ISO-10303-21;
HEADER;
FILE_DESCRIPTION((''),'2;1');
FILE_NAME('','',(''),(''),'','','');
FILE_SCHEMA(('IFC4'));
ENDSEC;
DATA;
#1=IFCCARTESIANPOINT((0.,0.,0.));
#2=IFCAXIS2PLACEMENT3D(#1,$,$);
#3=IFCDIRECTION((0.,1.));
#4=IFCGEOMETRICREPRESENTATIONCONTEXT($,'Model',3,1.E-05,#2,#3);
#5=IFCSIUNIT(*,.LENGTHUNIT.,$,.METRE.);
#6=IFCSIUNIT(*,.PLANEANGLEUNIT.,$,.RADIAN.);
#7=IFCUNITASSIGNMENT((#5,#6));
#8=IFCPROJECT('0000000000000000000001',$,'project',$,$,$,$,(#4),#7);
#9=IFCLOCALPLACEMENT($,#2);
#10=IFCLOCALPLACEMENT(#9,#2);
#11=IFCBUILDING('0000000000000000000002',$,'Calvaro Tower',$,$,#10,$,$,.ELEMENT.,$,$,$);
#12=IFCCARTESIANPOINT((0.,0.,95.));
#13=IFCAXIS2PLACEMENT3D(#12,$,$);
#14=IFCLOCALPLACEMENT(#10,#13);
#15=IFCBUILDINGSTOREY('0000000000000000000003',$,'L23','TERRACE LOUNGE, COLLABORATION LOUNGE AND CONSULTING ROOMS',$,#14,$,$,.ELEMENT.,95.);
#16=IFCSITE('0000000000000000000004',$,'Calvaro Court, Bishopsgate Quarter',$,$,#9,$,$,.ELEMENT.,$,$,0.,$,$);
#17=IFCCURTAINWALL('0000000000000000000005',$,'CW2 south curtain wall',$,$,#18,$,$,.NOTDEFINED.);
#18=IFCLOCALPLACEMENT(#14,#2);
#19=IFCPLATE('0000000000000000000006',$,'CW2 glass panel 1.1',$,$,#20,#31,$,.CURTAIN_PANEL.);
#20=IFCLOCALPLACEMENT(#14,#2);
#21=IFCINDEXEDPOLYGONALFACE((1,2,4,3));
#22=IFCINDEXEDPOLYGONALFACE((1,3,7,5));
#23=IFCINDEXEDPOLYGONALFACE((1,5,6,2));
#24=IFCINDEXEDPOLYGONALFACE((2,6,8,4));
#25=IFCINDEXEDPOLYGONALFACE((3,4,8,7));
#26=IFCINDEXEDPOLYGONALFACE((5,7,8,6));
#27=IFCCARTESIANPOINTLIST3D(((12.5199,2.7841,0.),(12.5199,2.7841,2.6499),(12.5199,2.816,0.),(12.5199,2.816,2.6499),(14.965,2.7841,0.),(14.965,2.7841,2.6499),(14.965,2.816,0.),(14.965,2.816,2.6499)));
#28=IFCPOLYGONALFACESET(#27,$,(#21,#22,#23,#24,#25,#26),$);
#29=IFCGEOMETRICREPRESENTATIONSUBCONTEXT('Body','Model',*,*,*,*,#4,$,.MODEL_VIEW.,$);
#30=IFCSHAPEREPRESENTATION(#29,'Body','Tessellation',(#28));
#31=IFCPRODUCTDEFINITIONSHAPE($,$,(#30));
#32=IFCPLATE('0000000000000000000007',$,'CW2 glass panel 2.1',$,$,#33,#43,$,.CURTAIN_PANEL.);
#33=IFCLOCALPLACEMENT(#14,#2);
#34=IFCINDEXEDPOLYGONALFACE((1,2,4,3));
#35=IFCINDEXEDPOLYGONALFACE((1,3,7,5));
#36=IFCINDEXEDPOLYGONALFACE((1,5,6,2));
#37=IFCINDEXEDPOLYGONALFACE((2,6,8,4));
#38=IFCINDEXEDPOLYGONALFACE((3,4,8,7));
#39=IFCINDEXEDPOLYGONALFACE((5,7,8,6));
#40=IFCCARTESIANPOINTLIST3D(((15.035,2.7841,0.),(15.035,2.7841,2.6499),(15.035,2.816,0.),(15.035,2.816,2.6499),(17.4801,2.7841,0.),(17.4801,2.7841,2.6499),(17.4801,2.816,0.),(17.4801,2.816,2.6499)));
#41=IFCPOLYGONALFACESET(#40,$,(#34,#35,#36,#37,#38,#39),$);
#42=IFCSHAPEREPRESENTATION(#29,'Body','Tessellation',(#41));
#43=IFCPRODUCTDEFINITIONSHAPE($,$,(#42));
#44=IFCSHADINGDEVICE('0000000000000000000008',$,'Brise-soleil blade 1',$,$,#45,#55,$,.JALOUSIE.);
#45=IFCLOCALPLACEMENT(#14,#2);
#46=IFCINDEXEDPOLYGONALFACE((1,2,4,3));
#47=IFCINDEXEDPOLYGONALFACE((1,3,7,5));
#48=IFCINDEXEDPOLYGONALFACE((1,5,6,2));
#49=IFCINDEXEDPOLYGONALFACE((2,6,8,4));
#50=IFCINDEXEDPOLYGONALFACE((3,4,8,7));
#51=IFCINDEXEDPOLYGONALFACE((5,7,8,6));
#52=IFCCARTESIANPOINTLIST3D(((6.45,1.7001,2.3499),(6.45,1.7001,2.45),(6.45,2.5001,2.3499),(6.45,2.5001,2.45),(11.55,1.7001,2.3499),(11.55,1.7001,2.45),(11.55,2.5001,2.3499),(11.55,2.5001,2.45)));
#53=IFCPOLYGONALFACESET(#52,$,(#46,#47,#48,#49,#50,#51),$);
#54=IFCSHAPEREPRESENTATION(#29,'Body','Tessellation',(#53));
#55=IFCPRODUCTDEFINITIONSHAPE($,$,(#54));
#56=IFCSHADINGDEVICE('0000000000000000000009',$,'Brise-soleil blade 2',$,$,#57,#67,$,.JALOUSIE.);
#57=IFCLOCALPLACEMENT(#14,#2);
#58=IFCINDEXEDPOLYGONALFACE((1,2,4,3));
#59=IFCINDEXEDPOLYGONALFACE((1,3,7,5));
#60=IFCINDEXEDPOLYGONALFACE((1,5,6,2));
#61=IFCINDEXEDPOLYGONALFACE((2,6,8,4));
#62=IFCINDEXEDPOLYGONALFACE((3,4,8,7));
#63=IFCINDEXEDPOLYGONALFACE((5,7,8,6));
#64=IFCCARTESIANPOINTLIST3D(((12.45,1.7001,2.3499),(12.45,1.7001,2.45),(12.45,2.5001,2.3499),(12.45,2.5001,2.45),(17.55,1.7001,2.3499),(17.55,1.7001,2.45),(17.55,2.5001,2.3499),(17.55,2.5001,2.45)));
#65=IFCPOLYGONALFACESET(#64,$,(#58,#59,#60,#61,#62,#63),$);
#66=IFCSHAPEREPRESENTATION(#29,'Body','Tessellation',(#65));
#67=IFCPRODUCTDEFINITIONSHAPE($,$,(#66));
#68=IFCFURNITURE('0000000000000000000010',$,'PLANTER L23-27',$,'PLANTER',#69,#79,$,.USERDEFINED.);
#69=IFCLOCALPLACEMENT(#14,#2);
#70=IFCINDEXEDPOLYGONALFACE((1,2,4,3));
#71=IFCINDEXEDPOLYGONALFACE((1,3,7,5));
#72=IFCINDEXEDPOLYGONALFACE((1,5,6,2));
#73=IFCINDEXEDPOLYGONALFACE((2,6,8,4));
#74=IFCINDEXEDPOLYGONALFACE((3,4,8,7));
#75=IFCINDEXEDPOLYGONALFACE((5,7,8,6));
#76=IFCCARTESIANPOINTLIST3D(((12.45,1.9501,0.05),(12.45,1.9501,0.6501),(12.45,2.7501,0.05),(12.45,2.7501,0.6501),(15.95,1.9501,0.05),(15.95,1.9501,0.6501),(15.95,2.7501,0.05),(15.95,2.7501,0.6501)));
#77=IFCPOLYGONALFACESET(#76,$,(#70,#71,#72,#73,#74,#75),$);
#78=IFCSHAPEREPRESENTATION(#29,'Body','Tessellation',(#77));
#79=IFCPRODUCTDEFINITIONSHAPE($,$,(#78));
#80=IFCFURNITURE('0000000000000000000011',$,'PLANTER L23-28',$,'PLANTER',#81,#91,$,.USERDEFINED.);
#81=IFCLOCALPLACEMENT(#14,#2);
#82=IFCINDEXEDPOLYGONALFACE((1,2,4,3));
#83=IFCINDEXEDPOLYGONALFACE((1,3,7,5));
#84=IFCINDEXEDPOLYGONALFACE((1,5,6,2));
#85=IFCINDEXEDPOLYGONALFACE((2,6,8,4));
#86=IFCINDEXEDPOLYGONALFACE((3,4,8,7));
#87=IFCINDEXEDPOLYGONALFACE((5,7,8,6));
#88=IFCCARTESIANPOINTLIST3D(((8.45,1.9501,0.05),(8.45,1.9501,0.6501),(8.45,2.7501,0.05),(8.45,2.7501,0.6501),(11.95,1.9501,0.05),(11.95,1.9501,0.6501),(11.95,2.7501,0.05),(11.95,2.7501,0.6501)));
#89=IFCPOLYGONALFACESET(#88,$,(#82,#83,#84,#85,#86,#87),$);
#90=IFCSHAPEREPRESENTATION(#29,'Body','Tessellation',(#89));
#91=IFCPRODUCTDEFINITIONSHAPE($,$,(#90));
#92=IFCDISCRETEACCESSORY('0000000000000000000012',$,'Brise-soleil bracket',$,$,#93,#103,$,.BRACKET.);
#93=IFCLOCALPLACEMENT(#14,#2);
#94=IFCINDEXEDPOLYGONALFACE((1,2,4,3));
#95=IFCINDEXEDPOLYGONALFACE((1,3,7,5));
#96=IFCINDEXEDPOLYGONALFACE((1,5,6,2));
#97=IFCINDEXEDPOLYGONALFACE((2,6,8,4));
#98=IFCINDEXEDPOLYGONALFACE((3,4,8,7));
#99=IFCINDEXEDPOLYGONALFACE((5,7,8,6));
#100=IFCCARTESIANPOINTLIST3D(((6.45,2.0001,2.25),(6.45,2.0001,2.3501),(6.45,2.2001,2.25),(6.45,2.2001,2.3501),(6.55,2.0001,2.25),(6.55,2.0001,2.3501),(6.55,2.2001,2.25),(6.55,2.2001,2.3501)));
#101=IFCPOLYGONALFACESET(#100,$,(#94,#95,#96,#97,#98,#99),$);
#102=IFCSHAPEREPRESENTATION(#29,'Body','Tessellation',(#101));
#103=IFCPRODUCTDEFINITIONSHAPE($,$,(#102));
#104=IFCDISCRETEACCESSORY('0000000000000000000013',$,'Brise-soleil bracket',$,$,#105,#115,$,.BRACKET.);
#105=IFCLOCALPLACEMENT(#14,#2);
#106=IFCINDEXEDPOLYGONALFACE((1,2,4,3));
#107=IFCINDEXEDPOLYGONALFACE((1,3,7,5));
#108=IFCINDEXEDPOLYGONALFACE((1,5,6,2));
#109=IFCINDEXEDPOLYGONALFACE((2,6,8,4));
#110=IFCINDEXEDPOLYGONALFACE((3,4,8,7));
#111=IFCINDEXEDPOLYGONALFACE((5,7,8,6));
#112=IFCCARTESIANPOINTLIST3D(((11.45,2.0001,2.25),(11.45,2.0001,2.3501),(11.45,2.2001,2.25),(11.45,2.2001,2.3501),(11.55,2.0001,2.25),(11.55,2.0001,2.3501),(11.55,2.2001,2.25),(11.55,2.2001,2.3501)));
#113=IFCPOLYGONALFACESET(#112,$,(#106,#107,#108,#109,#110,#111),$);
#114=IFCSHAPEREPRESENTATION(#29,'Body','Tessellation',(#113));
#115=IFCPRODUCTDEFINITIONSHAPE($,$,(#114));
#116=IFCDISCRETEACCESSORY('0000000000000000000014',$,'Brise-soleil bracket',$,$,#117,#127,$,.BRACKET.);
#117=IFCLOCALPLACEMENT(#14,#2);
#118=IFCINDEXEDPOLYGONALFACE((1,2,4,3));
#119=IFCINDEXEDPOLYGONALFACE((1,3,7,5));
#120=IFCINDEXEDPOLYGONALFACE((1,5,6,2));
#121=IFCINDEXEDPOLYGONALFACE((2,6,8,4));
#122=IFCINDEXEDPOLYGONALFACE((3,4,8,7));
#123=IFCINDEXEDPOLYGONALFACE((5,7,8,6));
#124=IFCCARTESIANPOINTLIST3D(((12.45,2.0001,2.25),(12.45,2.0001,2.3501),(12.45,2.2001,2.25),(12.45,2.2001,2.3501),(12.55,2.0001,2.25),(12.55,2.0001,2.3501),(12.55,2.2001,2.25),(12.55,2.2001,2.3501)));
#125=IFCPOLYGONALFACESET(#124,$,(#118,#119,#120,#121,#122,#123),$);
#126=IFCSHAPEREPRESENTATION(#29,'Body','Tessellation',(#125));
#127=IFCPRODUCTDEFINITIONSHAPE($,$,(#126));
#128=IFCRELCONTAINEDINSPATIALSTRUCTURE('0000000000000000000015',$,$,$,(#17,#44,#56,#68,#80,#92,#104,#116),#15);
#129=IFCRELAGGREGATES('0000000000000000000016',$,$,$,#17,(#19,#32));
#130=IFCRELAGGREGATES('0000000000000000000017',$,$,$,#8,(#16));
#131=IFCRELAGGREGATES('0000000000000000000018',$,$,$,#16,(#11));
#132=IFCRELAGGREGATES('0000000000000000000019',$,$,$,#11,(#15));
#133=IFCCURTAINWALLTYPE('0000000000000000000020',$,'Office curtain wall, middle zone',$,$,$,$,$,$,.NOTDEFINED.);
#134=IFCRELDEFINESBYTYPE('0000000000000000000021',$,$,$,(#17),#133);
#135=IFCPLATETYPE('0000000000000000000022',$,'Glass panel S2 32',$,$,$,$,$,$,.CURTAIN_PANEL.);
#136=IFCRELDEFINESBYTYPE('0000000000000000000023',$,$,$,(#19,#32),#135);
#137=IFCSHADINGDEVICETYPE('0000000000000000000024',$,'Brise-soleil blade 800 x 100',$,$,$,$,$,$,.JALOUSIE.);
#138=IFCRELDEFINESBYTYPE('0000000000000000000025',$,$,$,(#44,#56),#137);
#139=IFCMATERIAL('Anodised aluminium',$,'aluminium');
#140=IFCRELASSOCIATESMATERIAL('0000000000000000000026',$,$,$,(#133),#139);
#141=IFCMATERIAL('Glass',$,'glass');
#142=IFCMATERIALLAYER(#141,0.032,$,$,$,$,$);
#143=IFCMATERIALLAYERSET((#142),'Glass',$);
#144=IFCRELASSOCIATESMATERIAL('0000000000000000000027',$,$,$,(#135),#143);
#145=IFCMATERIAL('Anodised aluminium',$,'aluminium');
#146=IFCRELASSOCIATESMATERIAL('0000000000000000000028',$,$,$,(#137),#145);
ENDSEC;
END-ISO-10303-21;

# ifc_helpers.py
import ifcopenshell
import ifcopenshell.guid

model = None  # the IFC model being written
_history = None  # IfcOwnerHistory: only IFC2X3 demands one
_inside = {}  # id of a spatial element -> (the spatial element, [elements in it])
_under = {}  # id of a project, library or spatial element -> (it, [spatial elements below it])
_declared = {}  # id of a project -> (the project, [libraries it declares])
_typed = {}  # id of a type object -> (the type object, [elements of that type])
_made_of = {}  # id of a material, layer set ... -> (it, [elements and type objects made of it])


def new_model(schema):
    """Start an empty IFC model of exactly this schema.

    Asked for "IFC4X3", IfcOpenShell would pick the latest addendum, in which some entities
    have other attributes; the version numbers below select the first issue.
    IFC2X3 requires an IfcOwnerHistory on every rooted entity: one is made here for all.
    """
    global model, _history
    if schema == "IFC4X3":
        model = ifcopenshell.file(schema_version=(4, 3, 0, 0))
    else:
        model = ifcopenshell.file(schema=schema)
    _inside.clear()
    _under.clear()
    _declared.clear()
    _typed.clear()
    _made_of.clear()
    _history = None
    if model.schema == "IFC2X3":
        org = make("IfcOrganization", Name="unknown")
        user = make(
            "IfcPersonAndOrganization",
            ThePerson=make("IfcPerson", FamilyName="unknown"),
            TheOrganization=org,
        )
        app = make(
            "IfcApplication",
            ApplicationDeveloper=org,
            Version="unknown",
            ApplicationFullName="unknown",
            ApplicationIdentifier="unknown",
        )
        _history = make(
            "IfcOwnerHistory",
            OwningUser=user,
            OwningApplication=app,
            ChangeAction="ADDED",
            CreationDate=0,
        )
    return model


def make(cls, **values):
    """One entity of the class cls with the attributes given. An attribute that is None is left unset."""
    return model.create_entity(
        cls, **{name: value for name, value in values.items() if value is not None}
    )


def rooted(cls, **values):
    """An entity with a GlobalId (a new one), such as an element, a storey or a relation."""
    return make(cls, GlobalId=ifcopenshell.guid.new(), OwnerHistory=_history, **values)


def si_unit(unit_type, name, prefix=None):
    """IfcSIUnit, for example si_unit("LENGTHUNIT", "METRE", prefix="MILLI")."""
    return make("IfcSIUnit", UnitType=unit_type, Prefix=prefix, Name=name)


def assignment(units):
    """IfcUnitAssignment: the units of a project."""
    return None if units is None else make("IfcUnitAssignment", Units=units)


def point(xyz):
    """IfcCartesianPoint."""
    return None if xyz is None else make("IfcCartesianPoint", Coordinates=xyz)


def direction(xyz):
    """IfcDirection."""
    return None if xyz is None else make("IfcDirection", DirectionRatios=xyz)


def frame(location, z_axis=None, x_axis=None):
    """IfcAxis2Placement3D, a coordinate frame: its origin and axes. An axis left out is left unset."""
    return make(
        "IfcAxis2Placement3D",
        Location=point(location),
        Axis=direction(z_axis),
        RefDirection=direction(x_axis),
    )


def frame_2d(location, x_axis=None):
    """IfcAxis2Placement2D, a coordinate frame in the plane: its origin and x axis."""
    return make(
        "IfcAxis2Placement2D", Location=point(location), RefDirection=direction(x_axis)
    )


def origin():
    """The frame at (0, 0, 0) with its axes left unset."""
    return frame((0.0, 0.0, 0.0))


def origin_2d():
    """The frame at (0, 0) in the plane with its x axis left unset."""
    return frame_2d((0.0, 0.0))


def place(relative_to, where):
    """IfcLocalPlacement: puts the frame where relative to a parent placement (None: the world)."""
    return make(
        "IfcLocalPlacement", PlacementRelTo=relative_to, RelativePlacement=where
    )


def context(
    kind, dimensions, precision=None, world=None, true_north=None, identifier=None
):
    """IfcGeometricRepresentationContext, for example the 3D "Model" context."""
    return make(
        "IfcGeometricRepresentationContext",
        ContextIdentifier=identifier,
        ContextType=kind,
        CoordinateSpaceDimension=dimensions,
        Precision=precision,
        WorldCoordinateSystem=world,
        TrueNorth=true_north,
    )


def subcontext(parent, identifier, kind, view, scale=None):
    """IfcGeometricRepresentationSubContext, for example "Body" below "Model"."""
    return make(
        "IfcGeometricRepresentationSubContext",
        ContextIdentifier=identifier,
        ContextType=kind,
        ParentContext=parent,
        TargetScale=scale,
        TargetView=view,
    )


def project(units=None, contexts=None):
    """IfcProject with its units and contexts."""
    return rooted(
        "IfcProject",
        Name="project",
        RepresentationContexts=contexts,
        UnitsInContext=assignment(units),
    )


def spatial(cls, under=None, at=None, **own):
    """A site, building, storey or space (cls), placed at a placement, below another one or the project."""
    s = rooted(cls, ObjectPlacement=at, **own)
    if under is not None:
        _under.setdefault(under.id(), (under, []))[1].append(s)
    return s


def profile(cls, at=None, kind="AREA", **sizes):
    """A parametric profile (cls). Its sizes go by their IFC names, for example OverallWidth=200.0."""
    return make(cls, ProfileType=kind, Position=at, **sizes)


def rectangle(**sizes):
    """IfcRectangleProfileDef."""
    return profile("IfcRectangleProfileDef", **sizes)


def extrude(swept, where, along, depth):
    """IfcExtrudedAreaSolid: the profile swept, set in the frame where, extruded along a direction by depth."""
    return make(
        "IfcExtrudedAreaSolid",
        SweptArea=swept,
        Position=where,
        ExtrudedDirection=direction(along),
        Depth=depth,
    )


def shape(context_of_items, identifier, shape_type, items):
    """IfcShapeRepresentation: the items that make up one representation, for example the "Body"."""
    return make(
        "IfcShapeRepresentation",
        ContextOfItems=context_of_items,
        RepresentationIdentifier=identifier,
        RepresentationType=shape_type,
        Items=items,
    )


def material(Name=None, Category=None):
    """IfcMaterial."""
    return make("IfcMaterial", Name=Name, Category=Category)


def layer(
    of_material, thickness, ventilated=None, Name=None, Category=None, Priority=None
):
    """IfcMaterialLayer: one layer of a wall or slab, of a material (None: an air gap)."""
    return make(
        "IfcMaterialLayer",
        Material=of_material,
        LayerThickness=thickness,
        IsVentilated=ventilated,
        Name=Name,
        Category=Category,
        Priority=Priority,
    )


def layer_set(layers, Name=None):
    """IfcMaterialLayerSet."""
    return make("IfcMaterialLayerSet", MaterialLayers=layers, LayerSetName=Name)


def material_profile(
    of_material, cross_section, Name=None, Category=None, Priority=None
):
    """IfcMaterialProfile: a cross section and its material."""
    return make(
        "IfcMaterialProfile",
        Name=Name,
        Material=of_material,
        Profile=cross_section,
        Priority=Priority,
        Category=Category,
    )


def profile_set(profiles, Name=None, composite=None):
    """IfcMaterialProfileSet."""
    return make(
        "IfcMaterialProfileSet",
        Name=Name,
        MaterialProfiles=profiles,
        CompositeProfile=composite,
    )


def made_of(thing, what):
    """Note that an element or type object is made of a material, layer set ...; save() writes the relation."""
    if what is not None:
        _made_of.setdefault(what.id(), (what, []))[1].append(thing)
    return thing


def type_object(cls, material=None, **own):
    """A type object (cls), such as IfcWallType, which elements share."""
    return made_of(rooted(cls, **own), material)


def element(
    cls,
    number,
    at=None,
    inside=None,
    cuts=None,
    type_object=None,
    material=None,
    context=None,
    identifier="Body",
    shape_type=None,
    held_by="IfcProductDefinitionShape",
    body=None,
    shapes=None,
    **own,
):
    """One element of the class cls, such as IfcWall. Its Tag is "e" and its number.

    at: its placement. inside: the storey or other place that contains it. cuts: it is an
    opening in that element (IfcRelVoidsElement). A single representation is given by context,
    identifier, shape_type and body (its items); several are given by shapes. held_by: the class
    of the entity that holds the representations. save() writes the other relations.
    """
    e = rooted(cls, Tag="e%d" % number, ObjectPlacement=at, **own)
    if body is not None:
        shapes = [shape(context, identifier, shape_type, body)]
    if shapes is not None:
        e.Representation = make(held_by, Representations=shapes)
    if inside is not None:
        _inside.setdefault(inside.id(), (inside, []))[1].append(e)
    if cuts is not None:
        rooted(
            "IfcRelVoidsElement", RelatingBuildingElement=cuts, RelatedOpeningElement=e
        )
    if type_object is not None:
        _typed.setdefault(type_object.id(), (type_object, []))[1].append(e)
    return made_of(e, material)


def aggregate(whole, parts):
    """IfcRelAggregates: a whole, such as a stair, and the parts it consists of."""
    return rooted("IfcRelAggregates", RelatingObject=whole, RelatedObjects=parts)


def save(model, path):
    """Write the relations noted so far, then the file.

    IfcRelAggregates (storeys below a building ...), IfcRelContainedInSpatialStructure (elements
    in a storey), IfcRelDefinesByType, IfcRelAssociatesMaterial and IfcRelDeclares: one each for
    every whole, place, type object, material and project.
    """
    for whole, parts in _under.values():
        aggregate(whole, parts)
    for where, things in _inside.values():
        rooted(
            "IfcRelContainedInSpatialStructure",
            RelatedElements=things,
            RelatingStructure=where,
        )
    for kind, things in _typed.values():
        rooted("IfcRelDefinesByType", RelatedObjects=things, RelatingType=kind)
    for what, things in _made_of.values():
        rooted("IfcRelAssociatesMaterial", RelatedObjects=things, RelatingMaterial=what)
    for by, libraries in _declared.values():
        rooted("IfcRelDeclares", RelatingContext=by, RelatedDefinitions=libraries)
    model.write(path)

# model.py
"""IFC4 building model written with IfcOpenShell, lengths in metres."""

from ifc_helpers import new_model, si_unit, direction, frame, origin, origin_2d, place, context, subcontext, project, spatial, rectangle, extrude, material, layer, layer_set, material_profile, profile_set, type_object, element, aggregate, save


model = new_model("IFC4")

# Units and contexts
model_context = context("Model", 3, precision=1e-05, world=origin(), true_north=direction((0.0, 1.0)))
body_context = subcontext(model_context, "Body", "Model", "MODEL_VIEW")
ifc_project = project(units=[si_unit("LENGTHUNIT", "METRE"), si_unit("PLANEANGLEUNIT", "RADIAN")], contexts=[model_context])

# Site, building, storey
site_placement = place(None, origin())
site = spatial("IfcSite", under=ifc_project, at=site_placement, Name="Calvaro Court, Bishopsgate Quarter", CompositionType="ELEMENT", RefElevation=0.0)
building_placement = place(site_placement, origin())
building = spatial("IfcBuilding", under=site, at=building_placement, Name="Calvaro Tower", CompositionType="ELEMENT")
storey_placement = place(building_placement, frame((0.0, 0.0, 95.0)))
storey = spatial("IfcBuildingStorey", under=building, at=storey_placement, Name="L23", Description="TERRACE LOUNGE, COLLABORATION LOUNGE AND CONSULTING ROOMS", CompositionType="ELEMENT", Elevation=95.0)

# Curtain wall
ifc_material_1 = material(Name="Anodised aluminium", Category="aluminium")
curtain_wall_type = type_object("IfcCurtainWallType", Name="Office curtain wall, middle zone", PredefinedType="NOTDEFINED", material=ifc_material_1)
curtain_wall_1_placement = place(storey_placement, origin())
curtain_wall_1 = element("IfcCurtainWall", 1, at=curtain_wall_1_placement, inside=storey, type_object=curtain_wall_type, Name="CW2 south curtain wall", PredefinedType="NOTDEFINED")

# Plates
ifc_material_2 = material(Name="Glass", Category="glass")
ifc_layer = layer(ifc_material_2, 0.032)
ifc_layer_set = layer_set([ifc_layer], Name="Glass")
plate_type = type_object("IfcPlateType", Name="Glass panel S2 32", PredefinedType="CURTAIN_PANEL", material=ifc_layer_set)
plate_1_placement = place(storey_placement, frame((13.7424, 2.8, 0.0), z_axis=(0.0, 0.0, 1.0), x_axis=(1.0, 0.0, 0.0)))
plate_1 = element("IfcPlate", 2, at=plate_1_placement, type_object=plate_type, Name="CW2 glass panel 1.1", PredefinedType="CURTAIN_PANEL", context=body_context, shape_type="SweptSolid", body=[
    extrude(rectangle(XDim=2.4451, YDim=0.032, at=origin_2d()), origin(), (0.0, 0.0, 1.0), 2.6499),
])
plate_2_placement = place(storey_placement, frame((16.2576, 2.8, 0.0), z_axis=(0.0, 0.0, 1.0), x_axis=(1.0, 0.0, 0.0)))
plate_2 = element("IfcPlate", 3, at=plate_2_placement, type_object=plate_type, Name="CW2 glass panel 2.1", PredefinedType="CURTAIN_PANEL", context=body_context, shape_type="SweptSolid", body=[
    extrude(rectangle(XDim=2.4451, YDim=0.032, at=origin_2d()), origin(), (0.0, 0.0, 1.0), 2.6499),
])
aggregate(curtain_wall_1, [plate_1, plate_2])

# Shading devices
ifc_material_3 = material(Name="Anodised aluminium", Category="aluminium")
ifc_material_profile_1 = material_profile(ifc_material_3, rectangle(XDim=0.8, YDim=0.1001, at=origin_2d()), Name="Brise-soleil blade 800 x 100")
ifc_profile_set_1 = profile_set([ifc_material_profile_1], Name="Anodised aluminium")
shading_device_type = type_object("IfcShadingDeviceType", Name="Brise-soleil blade 800 x 100", PredefinedType="JALOUSIE", material=ifc_profile_set_1)
for number, where, z_axis, x_axis, name in (
    (4, (6.45, 2.1001, 2.3999), (1.0, 0.0, 0.0), (0.0, 1.0, 0.0), "Brise-soleil blade 1"),
    (5, (12.45, 2.1001, 2.3999), (1.0, 0.0, 0.0), (0.0, 1.0, 0.0), "Brise-soleil blade 2"),
):
    element("IfcShadingDevice", number, at=place(storey_placement, frame(where, z_axis=z_axis, x_axis=x_axis)), inside=storey, type_object=shading_device_type, Name=name, PredefinedType="JALOUSIE", context=body_context, shape_type="SweptSolid", body=[
        extrude(rectangle(XDim=0.8, YDim=0.1001, at=origin_2d()), origin(), (0.0, 0.0, 1.0), 5.1001),
    ])

# Furniture
for number, where, z_axis, x_axis, name in (
    (6, (14.2, 2.3501, 0.05), (0.0, 0.0, 1.0), (1.0, 0.0, 0.0), "PLANTER L23-27"),
    (7, (10.2, 2.3501, 0.05), (0.0, 0.0, 1.0), (1.0, 0.0, 0.0), "PLANTER L23-28"),
):
    element("IfcFurniture", number, at=place(storey_placement, frame(where, z_axis=z_axis, x_axis=x_axis)), inside=storey, Name=name, ObjectType="PLANTER", PredefinedType="USERDEFINED", context=body_context, shape_type="SweptSolid", body=[
        extrude(rectangle(XDim=3.5, YDim=0.8, at=origin_2d()), origin(), (0.0, 0.0, 1.0), 0.6001),
    ])

# Discrete accessories
for number, where, z_axis, x_axis, name in (
    (8, (6.5, 2.1001, 2.25), (0.0, 0.0, 1.0), (1.0, 0.0, 0.0), "Brise-soleil bracket"),
    (9, (11.5, 2.1001, 2.25), (0.0, 0.0, 1.0), (1.0, 0.0, 0.0), "Brise-soleil bracket"),
    (10, (12.5, 2.1001, 2.25), (0.0, 0.0, 1.0), (1.0, 0.0, 0.0), "Brise-soleil bracket"),
):
    element("IfcDiscreteAccessory", number, at=place(storey_placement, frame(where, z_axis=z_axis, x_axis=x_axis)), inside=storey, Name=name, PredefinedType="BRACKET", context=body_context, shape_type="SweptSolid", body=[
        extrude(rectangle(XDim=0.1001, YDim=0.2, at=origin_2d()), origin(), (0.0, 0.0, 1.0), 0.1001),
    ])

save(model, "model.ifc")
